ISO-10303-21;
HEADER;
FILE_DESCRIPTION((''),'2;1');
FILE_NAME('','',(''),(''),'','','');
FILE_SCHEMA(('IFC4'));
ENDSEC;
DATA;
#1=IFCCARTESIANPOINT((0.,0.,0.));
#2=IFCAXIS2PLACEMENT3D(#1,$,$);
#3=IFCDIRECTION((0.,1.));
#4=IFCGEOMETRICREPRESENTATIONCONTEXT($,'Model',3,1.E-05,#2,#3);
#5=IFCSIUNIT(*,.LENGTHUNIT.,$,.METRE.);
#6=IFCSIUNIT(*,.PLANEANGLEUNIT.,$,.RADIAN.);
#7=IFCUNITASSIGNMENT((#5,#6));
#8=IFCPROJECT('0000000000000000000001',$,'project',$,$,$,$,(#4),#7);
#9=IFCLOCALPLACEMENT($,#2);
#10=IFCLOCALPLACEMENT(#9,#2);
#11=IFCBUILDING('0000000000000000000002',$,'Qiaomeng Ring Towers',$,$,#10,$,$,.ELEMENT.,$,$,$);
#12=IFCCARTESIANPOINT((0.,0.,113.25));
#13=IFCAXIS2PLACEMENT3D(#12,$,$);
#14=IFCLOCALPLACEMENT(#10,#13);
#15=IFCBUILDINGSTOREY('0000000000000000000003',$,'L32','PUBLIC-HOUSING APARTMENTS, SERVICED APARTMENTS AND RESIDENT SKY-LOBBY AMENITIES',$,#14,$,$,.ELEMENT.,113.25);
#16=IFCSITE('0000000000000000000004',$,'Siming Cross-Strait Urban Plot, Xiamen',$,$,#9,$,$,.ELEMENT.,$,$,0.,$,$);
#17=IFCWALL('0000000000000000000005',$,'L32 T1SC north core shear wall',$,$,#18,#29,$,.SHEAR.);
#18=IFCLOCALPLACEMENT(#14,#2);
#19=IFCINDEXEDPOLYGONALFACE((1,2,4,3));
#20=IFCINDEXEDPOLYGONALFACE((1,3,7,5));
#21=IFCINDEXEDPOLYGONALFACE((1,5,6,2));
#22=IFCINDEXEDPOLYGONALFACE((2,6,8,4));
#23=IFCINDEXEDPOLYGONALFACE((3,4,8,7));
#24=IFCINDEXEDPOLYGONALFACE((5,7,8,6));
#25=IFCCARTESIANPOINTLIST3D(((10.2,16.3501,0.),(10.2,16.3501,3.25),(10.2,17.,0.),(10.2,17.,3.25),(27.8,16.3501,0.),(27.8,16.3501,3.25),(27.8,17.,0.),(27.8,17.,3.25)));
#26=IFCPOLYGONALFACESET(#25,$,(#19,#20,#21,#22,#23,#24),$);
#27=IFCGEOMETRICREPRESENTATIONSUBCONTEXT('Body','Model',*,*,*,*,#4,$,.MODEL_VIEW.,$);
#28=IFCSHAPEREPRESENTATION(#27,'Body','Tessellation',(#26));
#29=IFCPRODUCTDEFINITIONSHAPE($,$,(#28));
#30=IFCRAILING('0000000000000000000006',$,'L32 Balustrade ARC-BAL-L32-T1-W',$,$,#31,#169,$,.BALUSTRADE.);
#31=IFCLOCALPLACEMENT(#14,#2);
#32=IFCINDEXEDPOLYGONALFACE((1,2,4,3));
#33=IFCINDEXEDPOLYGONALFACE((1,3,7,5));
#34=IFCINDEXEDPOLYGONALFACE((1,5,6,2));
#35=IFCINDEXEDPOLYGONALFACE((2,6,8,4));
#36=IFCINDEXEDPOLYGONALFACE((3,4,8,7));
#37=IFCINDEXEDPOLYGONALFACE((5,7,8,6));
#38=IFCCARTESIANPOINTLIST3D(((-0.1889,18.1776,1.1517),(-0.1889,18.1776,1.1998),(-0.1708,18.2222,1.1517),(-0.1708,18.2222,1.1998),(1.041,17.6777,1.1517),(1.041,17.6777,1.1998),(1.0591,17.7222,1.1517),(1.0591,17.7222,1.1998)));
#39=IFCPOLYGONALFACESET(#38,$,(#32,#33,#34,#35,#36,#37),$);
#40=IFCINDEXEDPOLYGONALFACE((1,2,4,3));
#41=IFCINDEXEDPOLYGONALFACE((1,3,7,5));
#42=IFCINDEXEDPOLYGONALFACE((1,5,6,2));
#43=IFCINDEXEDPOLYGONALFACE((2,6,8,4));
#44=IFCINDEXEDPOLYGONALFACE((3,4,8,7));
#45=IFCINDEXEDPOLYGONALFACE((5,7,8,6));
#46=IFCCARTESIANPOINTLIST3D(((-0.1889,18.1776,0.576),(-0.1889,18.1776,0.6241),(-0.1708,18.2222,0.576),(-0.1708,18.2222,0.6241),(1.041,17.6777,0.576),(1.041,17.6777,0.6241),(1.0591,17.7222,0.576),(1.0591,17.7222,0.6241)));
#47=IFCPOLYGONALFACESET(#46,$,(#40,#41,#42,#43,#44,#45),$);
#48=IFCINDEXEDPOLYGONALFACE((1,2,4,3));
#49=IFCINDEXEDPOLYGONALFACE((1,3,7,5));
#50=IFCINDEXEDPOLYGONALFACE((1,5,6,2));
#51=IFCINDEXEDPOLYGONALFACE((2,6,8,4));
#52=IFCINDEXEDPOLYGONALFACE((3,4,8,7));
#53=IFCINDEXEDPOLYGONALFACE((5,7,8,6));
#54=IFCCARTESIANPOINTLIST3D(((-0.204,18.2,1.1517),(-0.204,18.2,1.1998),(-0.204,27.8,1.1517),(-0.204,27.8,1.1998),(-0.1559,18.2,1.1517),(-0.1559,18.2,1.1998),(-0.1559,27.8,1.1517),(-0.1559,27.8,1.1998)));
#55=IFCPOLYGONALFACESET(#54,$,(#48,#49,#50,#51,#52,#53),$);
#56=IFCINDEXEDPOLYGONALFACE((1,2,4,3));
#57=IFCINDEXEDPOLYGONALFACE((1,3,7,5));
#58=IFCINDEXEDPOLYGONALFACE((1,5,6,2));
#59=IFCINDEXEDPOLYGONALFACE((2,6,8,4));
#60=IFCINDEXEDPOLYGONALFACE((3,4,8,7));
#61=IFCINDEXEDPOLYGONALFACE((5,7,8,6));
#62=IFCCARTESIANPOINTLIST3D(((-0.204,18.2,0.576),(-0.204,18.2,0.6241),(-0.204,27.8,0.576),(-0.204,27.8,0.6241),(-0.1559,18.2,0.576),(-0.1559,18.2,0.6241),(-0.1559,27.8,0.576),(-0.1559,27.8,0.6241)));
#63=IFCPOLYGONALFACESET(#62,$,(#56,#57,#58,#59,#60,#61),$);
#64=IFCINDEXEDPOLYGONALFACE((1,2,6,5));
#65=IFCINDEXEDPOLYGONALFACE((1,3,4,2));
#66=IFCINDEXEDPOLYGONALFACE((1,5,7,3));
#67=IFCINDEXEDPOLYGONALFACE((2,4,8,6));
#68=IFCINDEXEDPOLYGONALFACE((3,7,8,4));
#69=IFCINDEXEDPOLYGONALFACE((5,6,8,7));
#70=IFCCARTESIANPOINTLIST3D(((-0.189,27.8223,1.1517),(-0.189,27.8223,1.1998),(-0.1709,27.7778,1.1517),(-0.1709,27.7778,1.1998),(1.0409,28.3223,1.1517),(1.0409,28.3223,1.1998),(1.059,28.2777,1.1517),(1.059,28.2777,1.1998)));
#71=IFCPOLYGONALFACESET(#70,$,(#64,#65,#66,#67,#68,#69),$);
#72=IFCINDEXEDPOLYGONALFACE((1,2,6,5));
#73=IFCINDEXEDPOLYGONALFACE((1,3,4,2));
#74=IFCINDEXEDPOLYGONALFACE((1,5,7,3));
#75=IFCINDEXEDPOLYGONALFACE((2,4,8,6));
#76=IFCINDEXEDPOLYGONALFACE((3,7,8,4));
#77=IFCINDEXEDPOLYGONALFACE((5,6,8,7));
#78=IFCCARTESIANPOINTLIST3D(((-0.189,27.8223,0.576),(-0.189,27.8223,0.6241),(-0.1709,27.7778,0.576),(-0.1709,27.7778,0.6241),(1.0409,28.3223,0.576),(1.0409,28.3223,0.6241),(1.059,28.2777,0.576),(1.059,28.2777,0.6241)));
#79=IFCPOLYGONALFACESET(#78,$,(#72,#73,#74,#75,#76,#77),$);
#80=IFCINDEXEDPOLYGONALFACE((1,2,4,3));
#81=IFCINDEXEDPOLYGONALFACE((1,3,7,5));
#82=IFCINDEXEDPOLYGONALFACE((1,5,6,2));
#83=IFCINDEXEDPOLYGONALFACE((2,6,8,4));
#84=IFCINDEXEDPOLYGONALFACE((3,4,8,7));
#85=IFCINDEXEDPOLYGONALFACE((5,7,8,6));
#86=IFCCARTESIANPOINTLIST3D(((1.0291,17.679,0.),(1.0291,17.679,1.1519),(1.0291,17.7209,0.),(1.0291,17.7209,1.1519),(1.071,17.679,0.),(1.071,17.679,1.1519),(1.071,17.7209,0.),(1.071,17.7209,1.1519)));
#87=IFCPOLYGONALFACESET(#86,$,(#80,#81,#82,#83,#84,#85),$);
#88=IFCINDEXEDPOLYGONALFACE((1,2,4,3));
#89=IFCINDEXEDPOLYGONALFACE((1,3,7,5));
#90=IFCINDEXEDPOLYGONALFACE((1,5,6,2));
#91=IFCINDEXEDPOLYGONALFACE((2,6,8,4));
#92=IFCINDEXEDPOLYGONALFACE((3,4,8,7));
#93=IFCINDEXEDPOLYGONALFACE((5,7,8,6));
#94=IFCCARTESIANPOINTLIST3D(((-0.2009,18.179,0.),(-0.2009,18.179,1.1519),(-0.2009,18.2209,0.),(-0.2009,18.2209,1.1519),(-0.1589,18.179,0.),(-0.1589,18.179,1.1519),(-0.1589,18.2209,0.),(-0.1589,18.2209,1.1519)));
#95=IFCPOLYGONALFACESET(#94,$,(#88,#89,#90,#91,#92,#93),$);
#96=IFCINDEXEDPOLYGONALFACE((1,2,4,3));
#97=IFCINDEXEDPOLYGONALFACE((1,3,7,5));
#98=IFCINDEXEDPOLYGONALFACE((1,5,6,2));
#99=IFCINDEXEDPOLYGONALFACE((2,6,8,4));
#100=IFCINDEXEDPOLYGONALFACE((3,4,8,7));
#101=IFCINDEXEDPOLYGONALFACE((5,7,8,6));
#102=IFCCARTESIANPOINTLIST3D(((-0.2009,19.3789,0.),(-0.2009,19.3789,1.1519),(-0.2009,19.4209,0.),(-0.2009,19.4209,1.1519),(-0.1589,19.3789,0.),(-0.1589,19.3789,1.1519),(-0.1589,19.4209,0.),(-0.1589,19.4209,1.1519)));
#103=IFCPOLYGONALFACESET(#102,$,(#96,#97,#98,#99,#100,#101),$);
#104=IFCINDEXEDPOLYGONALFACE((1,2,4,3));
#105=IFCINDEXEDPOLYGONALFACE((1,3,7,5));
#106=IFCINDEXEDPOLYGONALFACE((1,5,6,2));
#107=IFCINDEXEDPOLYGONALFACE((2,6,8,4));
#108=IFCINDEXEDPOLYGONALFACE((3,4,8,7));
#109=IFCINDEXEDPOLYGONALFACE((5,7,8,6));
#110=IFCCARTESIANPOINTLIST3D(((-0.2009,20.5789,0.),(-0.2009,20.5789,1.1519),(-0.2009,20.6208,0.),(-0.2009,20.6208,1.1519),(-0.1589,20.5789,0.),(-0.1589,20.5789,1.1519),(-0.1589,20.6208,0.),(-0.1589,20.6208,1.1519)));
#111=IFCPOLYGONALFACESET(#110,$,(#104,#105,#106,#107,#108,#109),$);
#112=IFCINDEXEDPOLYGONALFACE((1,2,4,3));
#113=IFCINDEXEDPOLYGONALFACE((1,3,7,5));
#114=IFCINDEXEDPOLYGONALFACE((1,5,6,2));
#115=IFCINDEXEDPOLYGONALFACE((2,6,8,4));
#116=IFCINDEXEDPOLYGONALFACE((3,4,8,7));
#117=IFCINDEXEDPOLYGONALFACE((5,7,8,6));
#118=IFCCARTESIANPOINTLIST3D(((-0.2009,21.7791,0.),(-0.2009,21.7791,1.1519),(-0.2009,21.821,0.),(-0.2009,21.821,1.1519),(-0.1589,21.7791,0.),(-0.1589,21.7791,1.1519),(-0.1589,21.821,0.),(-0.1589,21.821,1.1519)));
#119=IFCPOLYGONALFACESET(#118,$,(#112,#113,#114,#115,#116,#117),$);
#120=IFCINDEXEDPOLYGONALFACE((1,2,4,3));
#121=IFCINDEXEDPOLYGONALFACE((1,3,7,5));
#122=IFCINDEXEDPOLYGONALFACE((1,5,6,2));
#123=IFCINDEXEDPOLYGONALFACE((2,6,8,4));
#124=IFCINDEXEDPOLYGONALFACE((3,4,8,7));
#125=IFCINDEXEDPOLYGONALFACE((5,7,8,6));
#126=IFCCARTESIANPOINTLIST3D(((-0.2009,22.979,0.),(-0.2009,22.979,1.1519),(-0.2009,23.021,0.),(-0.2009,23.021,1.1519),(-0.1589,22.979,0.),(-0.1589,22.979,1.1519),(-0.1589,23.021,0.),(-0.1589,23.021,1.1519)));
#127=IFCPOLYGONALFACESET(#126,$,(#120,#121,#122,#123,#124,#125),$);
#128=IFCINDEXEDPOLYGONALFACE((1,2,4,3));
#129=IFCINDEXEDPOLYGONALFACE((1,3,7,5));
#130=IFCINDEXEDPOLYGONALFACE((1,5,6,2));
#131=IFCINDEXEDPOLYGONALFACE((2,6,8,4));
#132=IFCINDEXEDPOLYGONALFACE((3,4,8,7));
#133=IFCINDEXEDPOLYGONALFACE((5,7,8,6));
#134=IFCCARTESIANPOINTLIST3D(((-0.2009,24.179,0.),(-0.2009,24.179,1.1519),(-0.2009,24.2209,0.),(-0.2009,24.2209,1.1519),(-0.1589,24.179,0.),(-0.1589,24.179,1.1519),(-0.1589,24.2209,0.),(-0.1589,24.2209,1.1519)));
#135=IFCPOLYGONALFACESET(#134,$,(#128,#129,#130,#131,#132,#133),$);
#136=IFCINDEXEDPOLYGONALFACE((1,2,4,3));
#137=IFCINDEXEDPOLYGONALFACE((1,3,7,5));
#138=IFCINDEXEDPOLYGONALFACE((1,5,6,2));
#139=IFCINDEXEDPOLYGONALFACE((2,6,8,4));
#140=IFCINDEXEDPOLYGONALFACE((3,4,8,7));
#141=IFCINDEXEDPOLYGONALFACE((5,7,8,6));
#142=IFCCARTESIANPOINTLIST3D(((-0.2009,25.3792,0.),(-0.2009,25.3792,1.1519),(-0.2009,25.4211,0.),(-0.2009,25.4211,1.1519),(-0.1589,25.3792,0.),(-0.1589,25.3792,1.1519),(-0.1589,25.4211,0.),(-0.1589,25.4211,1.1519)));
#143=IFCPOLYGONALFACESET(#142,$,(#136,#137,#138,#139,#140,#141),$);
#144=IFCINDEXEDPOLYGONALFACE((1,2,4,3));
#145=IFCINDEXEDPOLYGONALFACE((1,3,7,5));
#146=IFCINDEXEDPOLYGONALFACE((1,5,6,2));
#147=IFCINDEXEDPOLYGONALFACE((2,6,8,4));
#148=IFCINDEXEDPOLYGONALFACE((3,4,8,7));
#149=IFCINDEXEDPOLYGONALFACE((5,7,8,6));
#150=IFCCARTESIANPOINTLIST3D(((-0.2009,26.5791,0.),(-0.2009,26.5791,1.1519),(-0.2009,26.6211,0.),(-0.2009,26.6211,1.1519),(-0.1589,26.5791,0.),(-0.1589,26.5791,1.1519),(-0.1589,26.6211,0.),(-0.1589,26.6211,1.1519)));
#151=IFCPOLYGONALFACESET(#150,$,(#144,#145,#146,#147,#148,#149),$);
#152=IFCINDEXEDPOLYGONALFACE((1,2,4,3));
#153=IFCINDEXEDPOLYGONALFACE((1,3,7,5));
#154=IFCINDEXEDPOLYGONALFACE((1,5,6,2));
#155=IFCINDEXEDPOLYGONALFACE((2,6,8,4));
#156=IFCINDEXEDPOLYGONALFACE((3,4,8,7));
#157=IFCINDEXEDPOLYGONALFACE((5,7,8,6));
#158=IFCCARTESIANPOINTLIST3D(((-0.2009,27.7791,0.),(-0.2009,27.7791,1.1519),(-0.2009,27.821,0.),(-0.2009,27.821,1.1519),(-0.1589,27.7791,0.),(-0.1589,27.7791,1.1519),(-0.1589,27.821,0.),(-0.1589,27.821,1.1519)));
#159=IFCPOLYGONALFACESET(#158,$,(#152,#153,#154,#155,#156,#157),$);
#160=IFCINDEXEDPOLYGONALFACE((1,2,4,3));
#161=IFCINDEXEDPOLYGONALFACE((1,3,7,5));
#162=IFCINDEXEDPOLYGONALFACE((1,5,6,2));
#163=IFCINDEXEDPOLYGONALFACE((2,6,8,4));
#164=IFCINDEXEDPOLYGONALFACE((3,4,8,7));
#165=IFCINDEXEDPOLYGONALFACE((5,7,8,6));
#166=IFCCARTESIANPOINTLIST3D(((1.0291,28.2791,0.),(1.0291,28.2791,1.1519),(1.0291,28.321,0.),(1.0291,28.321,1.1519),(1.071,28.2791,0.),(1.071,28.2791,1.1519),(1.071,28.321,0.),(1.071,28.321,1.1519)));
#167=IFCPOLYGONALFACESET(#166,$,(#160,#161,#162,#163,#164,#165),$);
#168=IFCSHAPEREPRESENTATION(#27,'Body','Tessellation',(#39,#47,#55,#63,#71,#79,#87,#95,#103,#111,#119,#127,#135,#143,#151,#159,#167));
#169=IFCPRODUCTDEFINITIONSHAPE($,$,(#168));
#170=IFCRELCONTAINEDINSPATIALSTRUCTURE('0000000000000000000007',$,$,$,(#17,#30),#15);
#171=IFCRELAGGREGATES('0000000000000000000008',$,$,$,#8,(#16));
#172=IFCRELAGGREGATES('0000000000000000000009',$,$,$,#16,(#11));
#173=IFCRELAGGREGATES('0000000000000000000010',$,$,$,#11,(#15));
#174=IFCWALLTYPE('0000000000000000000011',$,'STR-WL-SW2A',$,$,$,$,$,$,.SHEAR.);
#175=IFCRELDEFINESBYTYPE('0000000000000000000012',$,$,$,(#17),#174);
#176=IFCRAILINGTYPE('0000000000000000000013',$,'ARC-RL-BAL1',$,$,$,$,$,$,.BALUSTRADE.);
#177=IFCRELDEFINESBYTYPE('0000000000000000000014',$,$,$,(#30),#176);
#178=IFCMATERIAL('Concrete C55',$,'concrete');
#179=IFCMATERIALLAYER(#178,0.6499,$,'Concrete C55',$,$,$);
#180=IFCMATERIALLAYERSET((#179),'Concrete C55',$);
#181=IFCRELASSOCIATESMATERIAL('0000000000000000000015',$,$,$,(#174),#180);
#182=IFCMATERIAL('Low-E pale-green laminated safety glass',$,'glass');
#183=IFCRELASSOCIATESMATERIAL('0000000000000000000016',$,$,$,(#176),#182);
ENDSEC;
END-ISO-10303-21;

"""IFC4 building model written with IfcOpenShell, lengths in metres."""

from ifc_helpers import new_model, si_unit, direction, frame, frame_2d, origin, origin_2d, place, context, subcontext, project, spatial, rectangle, extrude, material, layer, layer_set, type_object, element, save


model = new_model("IFC4")

# Units and contexts
model_context = context("Model", 3, precision=1e-05, world=origin(), true_north=direction((0.0, 1.0)))
body_context = subcontext(model_context, "Body", "Model", "MODEL_VIEW")
ifc_project = project(units=[si_unit("LENGTHUNIT", "METRE"), si_unit("PLANEANGLEUNIT", "RADIAN")], contexts=[model_context])

# Site, building, storey
site_placement = place(None, origin())
site = spatial("IfcSite", under=ifc_project, at=site_placement, Name="Siming Cross-Strait Urban Plot, Xiamen", CompositionType="ELEMENT", RefElevation=0.0)
building_placement = place(site_placement, origin())
building = spatial("IfcBuilding", under=site, at=building_placement, Name="Qiaomeng Ring Towers", CompositionType="ELEMENT")
storey_placement = place(building_placement, frame((0.0, 0.0, 113.25)))
storey = spatial("IfcBuildingStorey", under=building, at=storey_placement, Name="L32", Description="PUBLIC-HOUSING APARTMENTS, SERVICED APARTMENTS AND RESIDENT SKY-LOBBY AMENITIES", CompositionType="ELEMENT", Elevation=113.25)

# Shared definitions
ifc_material_1 = material(Name="Concrete C55", Category="concrete")

# Wall
ifc_layer_1 = layer(ifc_material_1, 0.6499, Name="Concrete C55")
ifc_layer_set_1 = layer_set([ifc_layer_1], Name="Concrete C55")
wall_type_1 = type_object("IfcWallType", Name="STR-WL-SW2A", PredefinedType="SHEAR", material=ifc_layer_set_1)
wall_1_placement = place(storey_placement, frame((10.2, 16.675, 0.0), z_axis=(0.0, 0.0, 1.0), x_axis=(1.0, 0.0, 0.0)))
element("IfcWall", 1, at=wall_1_placement, inside=storey, type_object=wall_type_1, Name="L32 T1SC north core shear wall", PredefinedType="SHEAR", context=body_context, shape_type="SweptSolid", body=[
    extrude(rectangle(XDim=17.6001, YDim=0.6499, at=frame_2d((8.8, 0.0))), origin(), (0.0, 0.0, 1.0), 3.25),
])

# Railing
ifc_material_2 = material(Name="Low-E pale-green laminated safety glass", Category="glass")
railing_type = type_object("IfcRailingType", Name="ARC-RL-BAL1", PredefinedType="BALUSTRADE", material=ifc_material_2)
railing_placement = place(storey_placement, frame((1.05, 17.7, 0.0)))
element("IfcRailing", 2, at=railing_placement, inside=storey, type_object=railing_type, Name="L32 Balustrade ARC-BAL-L32-T1-W", PredefinedType="BALUSTRADE", context=body_context, shape_type="SweptSolid", body=[
    extrude(rectangle(XDim=0.0481, YDim=0.0481, at=origin_2d()), frame((0.0, 0.0, 1.1758), z_axis=(-0.926382, 0.376584, 0.0), x_axis=(-0.376584, -0.926382, 0.0)), (0.0, 0.0, 1.0), 1.3276),
    extrude(rectangle(XDim=0.0481, YDim=0.0481, at=origin_2d()), frame((0.0, 0.0, 0.6001), z_axis=(-0.926382, 0.376584, 0.0), x_axis=(-0.376584, -0.926382, 0.0)), (0.0, 0.0, 1.0), 1.3276),
    extrude(rectangle(XDim=0.0481, YDim=0.0481, at=origin_2d()), frame((-1.23, 0.5, 1.1758), z_axis=(0.0, 1.0, 0.0), x_axis=(-1.0, 0.0, 0.0)), (0.0, 0.0, 1.0), 9.6001),
    extrude(rectangle(XDim=0.0481, YDim=0.0481, at=origin_2d()), frame((-1.23, 0.5, 0.6001), z_axis=(0.0, 1.0, 0.0), x_axis=(-1.0, 0.0, 0.0)), (0.0, 0.0, 1.0), 9.6001),
    extrude(rectangle(XDim=0.0481, YDim=0.0481, at=origin_2d()), frame((-1.23, 10.1001, 1.1758), z_axis=(0.926382, 0.376584, 0.0), x_axis=(-0.376584, 0.926382, 0.0)), (0.0, 0.0, 1.0), 1.3276),
    extrude(rectangle(XDim=0.0481, YDim=0.0481, at=origin_2d()), frame((-1.23, 10.1001, 0.6001), z_axis=(0.926382, 0.376584, 0.0), x_axis=(-0.376584, 0.926382, 0.0)), (0.0, 0.0, 1.0), 1.3276),
    extrude(rectangle(XDim=0.042, YDim=0.042, at=origin_2d()), origin(), (0.0, 0.0, 1.0), 1.1519),
    extrude(rectangle(XDim=0.042, YDim=0.042, at=origin_2d()), frame((-1.23, 0.5, 0.0)), (0.0, 0.0, 1.0), 1.1519),
    extrude(rectangle(XDim=0.042, YDim=0.042, at=origin_2d()), frame((-1.23, 1.7, 0.0)), (0.0, 0.0, 1.0), 1.1519),
    extrude(rectangle(XDim=0.042, YDim=0.042, at=origin_2d()), frame((-1.23, 2.8999, 0.0)), (0.0, 0.0, 1.0), 1.1519),
    extrude(rectangle(XDim=0.042, YDim=0.042, at=origin_2d()), frame((-1.23, 4.1001, 0.0)), (0.0, 0.0, 1.0), 1.1519),
    extrude(rectangle(XDim=0.042, YDim=0.042, at=origin_2d()), frame((-1.23, 5.3, 0.0)), (0.0, 0.0, 1.0), 1.1519),
    extrude(rectangle(XDim=0.042, YDim=0.042, at=origin_2d()), frame((-1.23, 6.5, 0.0)), (0.0, 0.0, 1.0), 1.1519),
    extrude(rectangle(XDim=0.042, YDim=0.042, at=origin_2d()), frame((-1.23, 7.7002, 0.0)), (0.0, 0.0, 1.0), 1.1519),
    extrude(rectangle(XDim=0.042, YDim=0.042, at=origin_2d()), frame((-1.23, 8.9001, 0.0)), (0.0, 0.0, 1.0), 1.1519),
    extrude(rectangle(XDim=0.042, YDim=0.042, at=origin_2d()), frame((-1.23, 10.1001, 0.0)), (0.0, 0.0, 1.0), 1.1519),
    extrude(rectangle(XDim=0.042, YDim=0.042, at=origin_2d()), frame((0.0, 10.6001, 0.0)), (0.0, 0.0, 1.0), 1.1519),
])

save(model, "model.ifc")
